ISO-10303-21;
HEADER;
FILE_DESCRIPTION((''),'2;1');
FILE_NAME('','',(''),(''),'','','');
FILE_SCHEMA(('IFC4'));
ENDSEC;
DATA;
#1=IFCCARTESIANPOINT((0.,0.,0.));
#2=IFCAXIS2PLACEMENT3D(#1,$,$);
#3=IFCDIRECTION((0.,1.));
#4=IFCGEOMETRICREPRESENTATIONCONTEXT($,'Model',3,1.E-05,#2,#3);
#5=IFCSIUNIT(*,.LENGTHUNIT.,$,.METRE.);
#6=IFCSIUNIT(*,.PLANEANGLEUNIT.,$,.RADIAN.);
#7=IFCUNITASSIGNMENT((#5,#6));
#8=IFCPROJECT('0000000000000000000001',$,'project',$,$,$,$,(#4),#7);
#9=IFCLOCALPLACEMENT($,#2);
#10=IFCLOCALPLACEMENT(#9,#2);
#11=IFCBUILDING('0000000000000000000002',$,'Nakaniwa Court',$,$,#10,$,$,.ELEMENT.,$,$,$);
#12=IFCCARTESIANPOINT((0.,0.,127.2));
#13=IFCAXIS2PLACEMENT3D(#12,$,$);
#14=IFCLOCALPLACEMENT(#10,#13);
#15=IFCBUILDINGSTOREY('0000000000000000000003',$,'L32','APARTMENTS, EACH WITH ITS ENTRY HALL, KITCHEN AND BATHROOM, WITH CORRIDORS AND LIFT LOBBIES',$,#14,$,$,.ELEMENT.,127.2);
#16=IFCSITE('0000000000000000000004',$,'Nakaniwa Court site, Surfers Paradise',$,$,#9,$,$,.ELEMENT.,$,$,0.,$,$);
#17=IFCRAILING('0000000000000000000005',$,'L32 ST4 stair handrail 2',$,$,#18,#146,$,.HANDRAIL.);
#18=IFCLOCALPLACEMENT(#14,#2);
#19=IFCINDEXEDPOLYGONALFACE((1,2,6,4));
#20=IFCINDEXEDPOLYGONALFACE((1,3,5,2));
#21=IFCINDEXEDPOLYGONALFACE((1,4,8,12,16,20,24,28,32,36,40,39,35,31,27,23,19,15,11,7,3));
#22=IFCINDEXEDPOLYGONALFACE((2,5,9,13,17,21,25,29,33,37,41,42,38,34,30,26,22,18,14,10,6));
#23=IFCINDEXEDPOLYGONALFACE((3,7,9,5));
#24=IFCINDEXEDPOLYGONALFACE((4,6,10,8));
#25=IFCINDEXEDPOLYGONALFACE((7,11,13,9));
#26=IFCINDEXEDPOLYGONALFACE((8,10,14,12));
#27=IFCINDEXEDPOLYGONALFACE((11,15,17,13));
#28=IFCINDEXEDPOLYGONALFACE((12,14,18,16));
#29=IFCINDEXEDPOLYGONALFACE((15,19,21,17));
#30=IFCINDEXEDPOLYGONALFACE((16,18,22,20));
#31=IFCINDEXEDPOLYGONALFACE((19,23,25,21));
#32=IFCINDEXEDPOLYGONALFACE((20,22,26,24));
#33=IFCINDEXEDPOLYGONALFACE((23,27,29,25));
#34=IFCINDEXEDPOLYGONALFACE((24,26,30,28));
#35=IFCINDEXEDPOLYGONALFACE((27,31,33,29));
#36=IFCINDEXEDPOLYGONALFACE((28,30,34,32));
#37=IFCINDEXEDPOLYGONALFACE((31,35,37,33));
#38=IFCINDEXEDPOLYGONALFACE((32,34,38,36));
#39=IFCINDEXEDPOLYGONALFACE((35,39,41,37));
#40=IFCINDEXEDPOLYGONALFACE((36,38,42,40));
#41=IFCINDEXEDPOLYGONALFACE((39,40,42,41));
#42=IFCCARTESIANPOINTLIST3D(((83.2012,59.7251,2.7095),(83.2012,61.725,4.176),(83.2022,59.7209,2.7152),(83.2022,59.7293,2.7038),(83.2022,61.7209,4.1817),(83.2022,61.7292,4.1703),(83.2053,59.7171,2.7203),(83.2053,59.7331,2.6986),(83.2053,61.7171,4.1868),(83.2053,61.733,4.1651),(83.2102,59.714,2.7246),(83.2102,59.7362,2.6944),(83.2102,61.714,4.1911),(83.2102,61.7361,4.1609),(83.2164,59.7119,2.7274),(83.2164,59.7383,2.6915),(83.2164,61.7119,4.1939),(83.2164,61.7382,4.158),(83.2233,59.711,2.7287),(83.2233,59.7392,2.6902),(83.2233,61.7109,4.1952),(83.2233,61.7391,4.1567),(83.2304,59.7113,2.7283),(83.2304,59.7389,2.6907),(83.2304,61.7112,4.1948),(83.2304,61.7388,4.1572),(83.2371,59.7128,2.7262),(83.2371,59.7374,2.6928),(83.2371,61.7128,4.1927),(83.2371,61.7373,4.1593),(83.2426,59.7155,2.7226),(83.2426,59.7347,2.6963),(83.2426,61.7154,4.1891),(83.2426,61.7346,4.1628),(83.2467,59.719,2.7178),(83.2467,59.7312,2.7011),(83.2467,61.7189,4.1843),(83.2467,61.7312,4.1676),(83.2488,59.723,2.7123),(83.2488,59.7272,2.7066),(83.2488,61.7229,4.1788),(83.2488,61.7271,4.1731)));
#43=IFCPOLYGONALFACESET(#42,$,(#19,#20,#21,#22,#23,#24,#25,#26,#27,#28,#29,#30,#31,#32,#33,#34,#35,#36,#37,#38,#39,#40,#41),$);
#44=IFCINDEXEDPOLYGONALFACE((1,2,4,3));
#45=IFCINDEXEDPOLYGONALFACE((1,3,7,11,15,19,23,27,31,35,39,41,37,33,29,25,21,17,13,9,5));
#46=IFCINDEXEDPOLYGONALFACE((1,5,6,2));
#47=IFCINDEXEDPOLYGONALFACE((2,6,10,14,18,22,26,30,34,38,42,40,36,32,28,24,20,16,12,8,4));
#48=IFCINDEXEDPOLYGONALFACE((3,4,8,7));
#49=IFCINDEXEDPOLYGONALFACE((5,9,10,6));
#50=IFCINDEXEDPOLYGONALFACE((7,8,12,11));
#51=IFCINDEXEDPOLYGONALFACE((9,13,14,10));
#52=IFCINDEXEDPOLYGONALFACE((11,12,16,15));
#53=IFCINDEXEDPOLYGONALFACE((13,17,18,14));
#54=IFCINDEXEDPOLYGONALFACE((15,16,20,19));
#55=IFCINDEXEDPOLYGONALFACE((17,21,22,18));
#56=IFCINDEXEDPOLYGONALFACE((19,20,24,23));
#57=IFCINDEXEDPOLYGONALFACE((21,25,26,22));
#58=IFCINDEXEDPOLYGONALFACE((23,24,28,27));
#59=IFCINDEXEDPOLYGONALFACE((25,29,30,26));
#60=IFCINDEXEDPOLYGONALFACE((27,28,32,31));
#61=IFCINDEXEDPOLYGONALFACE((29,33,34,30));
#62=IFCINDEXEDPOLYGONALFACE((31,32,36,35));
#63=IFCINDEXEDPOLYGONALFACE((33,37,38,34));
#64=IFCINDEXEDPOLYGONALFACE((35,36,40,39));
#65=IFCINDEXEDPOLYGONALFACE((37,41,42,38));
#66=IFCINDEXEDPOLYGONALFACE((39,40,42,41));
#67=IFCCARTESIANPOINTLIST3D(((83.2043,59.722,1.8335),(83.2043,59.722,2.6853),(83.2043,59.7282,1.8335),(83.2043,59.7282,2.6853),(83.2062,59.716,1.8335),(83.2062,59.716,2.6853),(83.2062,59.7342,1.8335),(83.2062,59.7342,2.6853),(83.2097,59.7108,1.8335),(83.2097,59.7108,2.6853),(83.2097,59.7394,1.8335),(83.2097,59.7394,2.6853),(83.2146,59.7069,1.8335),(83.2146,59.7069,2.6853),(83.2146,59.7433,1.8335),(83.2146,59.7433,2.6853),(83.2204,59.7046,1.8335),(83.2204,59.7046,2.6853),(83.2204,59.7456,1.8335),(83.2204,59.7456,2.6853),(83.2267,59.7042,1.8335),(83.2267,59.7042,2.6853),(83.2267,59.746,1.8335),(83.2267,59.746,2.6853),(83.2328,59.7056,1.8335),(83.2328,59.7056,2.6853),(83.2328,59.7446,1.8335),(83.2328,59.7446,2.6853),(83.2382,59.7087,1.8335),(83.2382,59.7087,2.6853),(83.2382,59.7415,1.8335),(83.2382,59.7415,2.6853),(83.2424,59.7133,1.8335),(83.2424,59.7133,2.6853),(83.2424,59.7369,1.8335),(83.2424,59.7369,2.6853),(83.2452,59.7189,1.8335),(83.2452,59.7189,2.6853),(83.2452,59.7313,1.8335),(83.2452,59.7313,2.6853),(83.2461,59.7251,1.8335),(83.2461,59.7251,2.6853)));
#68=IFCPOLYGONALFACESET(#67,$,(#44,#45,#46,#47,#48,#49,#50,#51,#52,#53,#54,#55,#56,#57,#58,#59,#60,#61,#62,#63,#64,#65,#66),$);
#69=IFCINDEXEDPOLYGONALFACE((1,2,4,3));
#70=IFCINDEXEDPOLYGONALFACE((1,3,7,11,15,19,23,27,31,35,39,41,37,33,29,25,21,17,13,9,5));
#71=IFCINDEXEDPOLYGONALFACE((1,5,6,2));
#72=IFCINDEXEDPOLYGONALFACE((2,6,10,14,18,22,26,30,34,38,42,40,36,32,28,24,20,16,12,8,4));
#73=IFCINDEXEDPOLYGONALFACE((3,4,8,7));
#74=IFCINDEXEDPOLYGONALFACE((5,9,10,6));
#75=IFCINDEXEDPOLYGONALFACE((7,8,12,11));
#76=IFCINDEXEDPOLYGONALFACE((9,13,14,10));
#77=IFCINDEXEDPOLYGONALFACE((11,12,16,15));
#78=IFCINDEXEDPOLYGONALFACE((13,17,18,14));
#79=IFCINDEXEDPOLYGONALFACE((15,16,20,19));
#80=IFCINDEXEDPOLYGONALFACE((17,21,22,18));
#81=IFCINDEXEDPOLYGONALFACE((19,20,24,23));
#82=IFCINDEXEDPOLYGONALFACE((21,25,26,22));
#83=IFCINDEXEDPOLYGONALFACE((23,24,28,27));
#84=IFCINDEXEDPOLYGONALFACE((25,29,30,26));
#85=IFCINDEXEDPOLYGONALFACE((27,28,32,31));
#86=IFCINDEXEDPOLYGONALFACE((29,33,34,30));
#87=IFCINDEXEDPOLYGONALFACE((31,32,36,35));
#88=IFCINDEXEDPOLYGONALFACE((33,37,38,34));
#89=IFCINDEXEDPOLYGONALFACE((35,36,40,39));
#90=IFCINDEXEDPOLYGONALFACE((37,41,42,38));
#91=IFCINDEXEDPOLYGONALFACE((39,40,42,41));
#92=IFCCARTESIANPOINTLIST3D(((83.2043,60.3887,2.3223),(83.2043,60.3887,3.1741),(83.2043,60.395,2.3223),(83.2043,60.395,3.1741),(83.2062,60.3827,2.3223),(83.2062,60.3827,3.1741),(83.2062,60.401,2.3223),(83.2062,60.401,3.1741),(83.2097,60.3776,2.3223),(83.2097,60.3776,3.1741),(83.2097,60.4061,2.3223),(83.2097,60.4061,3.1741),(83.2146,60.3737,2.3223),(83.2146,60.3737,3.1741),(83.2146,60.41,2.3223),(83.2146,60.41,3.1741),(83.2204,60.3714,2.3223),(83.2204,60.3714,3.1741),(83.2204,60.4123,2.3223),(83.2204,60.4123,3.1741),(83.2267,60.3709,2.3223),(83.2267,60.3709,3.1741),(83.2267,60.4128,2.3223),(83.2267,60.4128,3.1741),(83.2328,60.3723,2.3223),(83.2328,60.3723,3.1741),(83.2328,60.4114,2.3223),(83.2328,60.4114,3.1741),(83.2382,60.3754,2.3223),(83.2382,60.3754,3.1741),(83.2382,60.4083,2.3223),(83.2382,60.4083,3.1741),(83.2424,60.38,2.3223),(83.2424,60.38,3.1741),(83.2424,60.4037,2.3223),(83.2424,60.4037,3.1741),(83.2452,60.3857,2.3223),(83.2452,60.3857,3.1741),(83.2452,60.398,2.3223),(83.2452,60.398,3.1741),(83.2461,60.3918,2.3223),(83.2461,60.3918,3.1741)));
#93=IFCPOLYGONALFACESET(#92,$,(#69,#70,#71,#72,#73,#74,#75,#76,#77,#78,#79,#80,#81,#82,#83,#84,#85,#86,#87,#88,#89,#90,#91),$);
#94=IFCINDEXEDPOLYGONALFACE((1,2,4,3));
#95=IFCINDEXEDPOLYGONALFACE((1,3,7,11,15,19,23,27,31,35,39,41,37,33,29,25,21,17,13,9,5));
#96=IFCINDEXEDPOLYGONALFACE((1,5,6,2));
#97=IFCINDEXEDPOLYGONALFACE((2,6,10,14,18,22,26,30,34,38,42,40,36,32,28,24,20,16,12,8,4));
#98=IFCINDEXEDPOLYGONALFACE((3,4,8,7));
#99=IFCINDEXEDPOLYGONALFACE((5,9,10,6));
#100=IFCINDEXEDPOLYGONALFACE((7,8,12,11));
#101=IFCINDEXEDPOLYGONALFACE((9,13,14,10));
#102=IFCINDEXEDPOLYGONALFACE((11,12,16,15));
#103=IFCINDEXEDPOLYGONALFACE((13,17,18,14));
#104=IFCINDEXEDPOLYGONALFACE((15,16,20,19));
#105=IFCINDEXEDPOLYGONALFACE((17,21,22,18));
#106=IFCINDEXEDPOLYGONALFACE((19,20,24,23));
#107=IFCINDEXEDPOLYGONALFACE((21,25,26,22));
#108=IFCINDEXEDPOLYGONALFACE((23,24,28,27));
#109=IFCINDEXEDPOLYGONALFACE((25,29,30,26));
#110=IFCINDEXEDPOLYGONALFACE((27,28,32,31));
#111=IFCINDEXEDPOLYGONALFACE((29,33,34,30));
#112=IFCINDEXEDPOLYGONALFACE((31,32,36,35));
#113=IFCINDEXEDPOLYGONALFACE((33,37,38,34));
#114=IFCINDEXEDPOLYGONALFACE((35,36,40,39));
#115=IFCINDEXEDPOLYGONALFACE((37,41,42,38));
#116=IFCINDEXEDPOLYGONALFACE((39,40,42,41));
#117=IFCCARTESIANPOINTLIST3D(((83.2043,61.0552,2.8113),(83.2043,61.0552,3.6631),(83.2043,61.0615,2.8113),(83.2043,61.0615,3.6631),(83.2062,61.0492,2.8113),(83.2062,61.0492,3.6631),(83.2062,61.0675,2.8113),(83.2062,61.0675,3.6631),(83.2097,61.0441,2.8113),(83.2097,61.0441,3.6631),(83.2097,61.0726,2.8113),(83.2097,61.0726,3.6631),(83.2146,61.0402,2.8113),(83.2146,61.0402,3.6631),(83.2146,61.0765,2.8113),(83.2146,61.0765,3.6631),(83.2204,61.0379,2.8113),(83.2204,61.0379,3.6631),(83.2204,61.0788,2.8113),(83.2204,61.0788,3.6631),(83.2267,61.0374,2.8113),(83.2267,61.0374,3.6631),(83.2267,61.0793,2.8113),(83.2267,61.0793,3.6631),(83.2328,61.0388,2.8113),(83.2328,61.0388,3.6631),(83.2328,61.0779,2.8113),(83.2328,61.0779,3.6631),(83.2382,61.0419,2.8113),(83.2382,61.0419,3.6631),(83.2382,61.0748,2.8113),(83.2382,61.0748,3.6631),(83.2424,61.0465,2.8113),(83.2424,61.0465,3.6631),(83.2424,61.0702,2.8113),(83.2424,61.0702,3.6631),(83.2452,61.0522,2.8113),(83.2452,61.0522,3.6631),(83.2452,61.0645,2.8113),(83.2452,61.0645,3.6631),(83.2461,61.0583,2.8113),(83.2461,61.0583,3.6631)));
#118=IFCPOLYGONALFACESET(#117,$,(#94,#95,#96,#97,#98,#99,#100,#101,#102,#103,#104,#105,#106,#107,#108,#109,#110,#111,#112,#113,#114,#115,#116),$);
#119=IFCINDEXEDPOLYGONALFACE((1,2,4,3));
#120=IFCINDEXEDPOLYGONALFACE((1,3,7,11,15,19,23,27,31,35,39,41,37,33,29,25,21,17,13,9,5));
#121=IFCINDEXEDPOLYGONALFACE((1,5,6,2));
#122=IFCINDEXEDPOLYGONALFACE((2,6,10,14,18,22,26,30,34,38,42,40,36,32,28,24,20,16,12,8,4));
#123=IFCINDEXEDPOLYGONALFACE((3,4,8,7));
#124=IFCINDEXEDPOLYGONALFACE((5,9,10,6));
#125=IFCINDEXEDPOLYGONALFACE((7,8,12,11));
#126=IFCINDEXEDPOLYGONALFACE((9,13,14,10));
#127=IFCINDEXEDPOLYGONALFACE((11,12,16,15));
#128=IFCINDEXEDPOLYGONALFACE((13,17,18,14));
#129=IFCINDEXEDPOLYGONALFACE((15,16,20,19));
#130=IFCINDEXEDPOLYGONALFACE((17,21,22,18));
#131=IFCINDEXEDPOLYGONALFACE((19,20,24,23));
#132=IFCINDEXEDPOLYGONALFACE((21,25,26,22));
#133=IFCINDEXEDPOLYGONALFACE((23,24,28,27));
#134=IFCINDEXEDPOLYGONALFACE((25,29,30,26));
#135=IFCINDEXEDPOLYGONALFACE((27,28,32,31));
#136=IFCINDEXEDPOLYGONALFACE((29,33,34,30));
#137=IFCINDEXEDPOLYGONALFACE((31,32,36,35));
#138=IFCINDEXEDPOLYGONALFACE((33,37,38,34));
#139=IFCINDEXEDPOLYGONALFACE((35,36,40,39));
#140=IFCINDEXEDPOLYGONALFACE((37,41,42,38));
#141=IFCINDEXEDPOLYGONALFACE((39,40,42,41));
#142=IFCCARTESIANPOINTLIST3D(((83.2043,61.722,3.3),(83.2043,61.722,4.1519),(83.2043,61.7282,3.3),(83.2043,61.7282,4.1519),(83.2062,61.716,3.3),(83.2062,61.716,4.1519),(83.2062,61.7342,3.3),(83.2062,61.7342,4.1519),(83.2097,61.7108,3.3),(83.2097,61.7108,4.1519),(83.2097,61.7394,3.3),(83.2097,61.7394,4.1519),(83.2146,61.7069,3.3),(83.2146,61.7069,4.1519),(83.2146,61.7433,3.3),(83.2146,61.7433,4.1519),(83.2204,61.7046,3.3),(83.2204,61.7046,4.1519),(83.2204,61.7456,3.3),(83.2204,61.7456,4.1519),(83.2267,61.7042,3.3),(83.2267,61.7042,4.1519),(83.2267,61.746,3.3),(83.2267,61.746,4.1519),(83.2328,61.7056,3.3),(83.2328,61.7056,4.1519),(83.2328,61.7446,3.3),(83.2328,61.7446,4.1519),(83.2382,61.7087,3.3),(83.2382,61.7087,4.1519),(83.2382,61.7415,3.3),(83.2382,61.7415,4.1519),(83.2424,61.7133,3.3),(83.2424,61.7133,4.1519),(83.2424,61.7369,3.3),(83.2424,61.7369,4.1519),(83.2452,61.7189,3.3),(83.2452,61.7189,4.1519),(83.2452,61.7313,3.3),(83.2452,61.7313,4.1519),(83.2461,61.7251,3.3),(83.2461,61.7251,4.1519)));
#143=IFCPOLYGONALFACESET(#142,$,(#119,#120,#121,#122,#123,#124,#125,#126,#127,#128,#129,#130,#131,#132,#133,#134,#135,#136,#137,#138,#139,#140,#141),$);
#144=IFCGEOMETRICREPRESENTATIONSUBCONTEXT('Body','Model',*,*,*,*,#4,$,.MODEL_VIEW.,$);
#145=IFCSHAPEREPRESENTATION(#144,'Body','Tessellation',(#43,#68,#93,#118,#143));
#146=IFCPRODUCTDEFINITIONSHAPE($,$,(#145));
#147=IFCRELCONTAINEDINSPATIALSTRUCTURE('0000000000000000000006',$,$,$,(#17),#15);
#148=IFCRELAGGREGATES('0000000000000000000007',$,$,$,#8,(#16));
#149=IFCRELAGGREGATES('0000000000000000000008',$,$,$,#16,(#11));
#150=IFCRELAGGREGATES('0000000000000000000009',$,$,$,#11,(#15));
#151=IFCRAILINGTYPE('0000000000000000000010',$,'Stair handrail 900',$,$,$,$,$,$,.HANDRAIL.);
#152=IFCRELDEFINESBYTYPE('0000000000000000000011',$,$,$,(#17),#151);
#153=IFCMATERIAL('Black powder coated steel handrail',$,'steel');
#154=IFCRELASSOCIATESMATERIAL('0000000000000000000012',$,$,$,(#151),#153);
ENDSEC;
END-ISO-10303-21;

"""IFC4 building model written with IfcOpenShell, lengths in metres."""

from ifc_helpers import new_model, si_unit, direction, frame, origin, origin_2d, place, context, subcontext, project, spatial, circle, extrude, material, type_object, element, save


model = new_model("IFC4")

# Units and contexts
model_context = context("Model", 3, precision=1e-05, world=origin(), true_north=direction((0.0, 1.0)))
body_context = subcontext(model_context, "Body", "Model", "MODEL_VIEW")
ifc_project = project(units=[si_unit("LENGTHUNIT", "METRE"), si_unit("PLANEANGLEUNIT", "RADIAN")], contexts=[model_context])

# Site, building, storey
site_placement = place(None, origin())
site = spatial("IfcSite", under=ifc_project, at=site_placement, Name="Nakaniwa Court site, Surfers Paradise", CompositionType="ELEMENT", RefElevation=0.0)
building_placement = place(site_placement, origin())
building = spatial("IfcBuilding", under=site, at=building_placement, Name="Nakaniwa Court", CompositionType="ELEMENT")
storey_placement = place(building_placement, frame((0.0, 0.0, 127.2)))
storey = spatial("IfcBuildingStorey", under=building, at=storey_placement, Name="L32", Description="APARTMENTS, EACH WITH ITS ENTRY HALL, KITCHEN AND BATHROOM, WITH CORRIDORS AND LIFT LOBBIES", CompositionType="ELEMENT", Elevation=127.2)

# Railing
ifc_material_1 = material(Name="Black powder coated steel handrail", Category="steel")
railing_type_1 = type_object("IfcRailingType", Name="Stair handrail 900", PredefinedType="HANDRAIL", material=ifc_material_1)
railing_1_placement = place(storey_placement, frame((83.2251, 59.7251, 1.8335)))
element("IfcRailing", 1, at=railing_1_placement, inside=storey, type_object=railing_type_1, Name="L32 ST4 stair handrail 2", PredefinedType="HANDRAIL", context=body_context, shape_type="SweptSolid", body=[
    extrude(circle(Radius=0.0239, at=origin_2d()), frame((0.0, 0.0, 0.876), z_axis=(0.0, 0.806427, 0.591334), x_axis=(-1.0, 0.0, 0.0)), (0.0, 0.0, 1.0), 2.48),
    extrude(circle(Radius=0.021, at=origin_2d()), origin(), (0.0, 0.0, 1.0), 0.8518),
    extrude(circle(Radius=0.021, at=origin_2d()), frame((0.0, 0.6667, 0.4888)), (0.0, 0.0, 1.0), 0.8518),
    extrude(circle(Radius=0.021, at=origin_2d()), frame((0.0, 1.3333, 0.9778)), (0.0, 0.0, 1.0), 0.8518),
    extrude(circle(Radius=0.021, at=origin_2d()), frame((0.0, 2.0, 1.4666)), (0.0, 0.0, 1.0), 0.8518),
])

save(model, "model.ifc")
